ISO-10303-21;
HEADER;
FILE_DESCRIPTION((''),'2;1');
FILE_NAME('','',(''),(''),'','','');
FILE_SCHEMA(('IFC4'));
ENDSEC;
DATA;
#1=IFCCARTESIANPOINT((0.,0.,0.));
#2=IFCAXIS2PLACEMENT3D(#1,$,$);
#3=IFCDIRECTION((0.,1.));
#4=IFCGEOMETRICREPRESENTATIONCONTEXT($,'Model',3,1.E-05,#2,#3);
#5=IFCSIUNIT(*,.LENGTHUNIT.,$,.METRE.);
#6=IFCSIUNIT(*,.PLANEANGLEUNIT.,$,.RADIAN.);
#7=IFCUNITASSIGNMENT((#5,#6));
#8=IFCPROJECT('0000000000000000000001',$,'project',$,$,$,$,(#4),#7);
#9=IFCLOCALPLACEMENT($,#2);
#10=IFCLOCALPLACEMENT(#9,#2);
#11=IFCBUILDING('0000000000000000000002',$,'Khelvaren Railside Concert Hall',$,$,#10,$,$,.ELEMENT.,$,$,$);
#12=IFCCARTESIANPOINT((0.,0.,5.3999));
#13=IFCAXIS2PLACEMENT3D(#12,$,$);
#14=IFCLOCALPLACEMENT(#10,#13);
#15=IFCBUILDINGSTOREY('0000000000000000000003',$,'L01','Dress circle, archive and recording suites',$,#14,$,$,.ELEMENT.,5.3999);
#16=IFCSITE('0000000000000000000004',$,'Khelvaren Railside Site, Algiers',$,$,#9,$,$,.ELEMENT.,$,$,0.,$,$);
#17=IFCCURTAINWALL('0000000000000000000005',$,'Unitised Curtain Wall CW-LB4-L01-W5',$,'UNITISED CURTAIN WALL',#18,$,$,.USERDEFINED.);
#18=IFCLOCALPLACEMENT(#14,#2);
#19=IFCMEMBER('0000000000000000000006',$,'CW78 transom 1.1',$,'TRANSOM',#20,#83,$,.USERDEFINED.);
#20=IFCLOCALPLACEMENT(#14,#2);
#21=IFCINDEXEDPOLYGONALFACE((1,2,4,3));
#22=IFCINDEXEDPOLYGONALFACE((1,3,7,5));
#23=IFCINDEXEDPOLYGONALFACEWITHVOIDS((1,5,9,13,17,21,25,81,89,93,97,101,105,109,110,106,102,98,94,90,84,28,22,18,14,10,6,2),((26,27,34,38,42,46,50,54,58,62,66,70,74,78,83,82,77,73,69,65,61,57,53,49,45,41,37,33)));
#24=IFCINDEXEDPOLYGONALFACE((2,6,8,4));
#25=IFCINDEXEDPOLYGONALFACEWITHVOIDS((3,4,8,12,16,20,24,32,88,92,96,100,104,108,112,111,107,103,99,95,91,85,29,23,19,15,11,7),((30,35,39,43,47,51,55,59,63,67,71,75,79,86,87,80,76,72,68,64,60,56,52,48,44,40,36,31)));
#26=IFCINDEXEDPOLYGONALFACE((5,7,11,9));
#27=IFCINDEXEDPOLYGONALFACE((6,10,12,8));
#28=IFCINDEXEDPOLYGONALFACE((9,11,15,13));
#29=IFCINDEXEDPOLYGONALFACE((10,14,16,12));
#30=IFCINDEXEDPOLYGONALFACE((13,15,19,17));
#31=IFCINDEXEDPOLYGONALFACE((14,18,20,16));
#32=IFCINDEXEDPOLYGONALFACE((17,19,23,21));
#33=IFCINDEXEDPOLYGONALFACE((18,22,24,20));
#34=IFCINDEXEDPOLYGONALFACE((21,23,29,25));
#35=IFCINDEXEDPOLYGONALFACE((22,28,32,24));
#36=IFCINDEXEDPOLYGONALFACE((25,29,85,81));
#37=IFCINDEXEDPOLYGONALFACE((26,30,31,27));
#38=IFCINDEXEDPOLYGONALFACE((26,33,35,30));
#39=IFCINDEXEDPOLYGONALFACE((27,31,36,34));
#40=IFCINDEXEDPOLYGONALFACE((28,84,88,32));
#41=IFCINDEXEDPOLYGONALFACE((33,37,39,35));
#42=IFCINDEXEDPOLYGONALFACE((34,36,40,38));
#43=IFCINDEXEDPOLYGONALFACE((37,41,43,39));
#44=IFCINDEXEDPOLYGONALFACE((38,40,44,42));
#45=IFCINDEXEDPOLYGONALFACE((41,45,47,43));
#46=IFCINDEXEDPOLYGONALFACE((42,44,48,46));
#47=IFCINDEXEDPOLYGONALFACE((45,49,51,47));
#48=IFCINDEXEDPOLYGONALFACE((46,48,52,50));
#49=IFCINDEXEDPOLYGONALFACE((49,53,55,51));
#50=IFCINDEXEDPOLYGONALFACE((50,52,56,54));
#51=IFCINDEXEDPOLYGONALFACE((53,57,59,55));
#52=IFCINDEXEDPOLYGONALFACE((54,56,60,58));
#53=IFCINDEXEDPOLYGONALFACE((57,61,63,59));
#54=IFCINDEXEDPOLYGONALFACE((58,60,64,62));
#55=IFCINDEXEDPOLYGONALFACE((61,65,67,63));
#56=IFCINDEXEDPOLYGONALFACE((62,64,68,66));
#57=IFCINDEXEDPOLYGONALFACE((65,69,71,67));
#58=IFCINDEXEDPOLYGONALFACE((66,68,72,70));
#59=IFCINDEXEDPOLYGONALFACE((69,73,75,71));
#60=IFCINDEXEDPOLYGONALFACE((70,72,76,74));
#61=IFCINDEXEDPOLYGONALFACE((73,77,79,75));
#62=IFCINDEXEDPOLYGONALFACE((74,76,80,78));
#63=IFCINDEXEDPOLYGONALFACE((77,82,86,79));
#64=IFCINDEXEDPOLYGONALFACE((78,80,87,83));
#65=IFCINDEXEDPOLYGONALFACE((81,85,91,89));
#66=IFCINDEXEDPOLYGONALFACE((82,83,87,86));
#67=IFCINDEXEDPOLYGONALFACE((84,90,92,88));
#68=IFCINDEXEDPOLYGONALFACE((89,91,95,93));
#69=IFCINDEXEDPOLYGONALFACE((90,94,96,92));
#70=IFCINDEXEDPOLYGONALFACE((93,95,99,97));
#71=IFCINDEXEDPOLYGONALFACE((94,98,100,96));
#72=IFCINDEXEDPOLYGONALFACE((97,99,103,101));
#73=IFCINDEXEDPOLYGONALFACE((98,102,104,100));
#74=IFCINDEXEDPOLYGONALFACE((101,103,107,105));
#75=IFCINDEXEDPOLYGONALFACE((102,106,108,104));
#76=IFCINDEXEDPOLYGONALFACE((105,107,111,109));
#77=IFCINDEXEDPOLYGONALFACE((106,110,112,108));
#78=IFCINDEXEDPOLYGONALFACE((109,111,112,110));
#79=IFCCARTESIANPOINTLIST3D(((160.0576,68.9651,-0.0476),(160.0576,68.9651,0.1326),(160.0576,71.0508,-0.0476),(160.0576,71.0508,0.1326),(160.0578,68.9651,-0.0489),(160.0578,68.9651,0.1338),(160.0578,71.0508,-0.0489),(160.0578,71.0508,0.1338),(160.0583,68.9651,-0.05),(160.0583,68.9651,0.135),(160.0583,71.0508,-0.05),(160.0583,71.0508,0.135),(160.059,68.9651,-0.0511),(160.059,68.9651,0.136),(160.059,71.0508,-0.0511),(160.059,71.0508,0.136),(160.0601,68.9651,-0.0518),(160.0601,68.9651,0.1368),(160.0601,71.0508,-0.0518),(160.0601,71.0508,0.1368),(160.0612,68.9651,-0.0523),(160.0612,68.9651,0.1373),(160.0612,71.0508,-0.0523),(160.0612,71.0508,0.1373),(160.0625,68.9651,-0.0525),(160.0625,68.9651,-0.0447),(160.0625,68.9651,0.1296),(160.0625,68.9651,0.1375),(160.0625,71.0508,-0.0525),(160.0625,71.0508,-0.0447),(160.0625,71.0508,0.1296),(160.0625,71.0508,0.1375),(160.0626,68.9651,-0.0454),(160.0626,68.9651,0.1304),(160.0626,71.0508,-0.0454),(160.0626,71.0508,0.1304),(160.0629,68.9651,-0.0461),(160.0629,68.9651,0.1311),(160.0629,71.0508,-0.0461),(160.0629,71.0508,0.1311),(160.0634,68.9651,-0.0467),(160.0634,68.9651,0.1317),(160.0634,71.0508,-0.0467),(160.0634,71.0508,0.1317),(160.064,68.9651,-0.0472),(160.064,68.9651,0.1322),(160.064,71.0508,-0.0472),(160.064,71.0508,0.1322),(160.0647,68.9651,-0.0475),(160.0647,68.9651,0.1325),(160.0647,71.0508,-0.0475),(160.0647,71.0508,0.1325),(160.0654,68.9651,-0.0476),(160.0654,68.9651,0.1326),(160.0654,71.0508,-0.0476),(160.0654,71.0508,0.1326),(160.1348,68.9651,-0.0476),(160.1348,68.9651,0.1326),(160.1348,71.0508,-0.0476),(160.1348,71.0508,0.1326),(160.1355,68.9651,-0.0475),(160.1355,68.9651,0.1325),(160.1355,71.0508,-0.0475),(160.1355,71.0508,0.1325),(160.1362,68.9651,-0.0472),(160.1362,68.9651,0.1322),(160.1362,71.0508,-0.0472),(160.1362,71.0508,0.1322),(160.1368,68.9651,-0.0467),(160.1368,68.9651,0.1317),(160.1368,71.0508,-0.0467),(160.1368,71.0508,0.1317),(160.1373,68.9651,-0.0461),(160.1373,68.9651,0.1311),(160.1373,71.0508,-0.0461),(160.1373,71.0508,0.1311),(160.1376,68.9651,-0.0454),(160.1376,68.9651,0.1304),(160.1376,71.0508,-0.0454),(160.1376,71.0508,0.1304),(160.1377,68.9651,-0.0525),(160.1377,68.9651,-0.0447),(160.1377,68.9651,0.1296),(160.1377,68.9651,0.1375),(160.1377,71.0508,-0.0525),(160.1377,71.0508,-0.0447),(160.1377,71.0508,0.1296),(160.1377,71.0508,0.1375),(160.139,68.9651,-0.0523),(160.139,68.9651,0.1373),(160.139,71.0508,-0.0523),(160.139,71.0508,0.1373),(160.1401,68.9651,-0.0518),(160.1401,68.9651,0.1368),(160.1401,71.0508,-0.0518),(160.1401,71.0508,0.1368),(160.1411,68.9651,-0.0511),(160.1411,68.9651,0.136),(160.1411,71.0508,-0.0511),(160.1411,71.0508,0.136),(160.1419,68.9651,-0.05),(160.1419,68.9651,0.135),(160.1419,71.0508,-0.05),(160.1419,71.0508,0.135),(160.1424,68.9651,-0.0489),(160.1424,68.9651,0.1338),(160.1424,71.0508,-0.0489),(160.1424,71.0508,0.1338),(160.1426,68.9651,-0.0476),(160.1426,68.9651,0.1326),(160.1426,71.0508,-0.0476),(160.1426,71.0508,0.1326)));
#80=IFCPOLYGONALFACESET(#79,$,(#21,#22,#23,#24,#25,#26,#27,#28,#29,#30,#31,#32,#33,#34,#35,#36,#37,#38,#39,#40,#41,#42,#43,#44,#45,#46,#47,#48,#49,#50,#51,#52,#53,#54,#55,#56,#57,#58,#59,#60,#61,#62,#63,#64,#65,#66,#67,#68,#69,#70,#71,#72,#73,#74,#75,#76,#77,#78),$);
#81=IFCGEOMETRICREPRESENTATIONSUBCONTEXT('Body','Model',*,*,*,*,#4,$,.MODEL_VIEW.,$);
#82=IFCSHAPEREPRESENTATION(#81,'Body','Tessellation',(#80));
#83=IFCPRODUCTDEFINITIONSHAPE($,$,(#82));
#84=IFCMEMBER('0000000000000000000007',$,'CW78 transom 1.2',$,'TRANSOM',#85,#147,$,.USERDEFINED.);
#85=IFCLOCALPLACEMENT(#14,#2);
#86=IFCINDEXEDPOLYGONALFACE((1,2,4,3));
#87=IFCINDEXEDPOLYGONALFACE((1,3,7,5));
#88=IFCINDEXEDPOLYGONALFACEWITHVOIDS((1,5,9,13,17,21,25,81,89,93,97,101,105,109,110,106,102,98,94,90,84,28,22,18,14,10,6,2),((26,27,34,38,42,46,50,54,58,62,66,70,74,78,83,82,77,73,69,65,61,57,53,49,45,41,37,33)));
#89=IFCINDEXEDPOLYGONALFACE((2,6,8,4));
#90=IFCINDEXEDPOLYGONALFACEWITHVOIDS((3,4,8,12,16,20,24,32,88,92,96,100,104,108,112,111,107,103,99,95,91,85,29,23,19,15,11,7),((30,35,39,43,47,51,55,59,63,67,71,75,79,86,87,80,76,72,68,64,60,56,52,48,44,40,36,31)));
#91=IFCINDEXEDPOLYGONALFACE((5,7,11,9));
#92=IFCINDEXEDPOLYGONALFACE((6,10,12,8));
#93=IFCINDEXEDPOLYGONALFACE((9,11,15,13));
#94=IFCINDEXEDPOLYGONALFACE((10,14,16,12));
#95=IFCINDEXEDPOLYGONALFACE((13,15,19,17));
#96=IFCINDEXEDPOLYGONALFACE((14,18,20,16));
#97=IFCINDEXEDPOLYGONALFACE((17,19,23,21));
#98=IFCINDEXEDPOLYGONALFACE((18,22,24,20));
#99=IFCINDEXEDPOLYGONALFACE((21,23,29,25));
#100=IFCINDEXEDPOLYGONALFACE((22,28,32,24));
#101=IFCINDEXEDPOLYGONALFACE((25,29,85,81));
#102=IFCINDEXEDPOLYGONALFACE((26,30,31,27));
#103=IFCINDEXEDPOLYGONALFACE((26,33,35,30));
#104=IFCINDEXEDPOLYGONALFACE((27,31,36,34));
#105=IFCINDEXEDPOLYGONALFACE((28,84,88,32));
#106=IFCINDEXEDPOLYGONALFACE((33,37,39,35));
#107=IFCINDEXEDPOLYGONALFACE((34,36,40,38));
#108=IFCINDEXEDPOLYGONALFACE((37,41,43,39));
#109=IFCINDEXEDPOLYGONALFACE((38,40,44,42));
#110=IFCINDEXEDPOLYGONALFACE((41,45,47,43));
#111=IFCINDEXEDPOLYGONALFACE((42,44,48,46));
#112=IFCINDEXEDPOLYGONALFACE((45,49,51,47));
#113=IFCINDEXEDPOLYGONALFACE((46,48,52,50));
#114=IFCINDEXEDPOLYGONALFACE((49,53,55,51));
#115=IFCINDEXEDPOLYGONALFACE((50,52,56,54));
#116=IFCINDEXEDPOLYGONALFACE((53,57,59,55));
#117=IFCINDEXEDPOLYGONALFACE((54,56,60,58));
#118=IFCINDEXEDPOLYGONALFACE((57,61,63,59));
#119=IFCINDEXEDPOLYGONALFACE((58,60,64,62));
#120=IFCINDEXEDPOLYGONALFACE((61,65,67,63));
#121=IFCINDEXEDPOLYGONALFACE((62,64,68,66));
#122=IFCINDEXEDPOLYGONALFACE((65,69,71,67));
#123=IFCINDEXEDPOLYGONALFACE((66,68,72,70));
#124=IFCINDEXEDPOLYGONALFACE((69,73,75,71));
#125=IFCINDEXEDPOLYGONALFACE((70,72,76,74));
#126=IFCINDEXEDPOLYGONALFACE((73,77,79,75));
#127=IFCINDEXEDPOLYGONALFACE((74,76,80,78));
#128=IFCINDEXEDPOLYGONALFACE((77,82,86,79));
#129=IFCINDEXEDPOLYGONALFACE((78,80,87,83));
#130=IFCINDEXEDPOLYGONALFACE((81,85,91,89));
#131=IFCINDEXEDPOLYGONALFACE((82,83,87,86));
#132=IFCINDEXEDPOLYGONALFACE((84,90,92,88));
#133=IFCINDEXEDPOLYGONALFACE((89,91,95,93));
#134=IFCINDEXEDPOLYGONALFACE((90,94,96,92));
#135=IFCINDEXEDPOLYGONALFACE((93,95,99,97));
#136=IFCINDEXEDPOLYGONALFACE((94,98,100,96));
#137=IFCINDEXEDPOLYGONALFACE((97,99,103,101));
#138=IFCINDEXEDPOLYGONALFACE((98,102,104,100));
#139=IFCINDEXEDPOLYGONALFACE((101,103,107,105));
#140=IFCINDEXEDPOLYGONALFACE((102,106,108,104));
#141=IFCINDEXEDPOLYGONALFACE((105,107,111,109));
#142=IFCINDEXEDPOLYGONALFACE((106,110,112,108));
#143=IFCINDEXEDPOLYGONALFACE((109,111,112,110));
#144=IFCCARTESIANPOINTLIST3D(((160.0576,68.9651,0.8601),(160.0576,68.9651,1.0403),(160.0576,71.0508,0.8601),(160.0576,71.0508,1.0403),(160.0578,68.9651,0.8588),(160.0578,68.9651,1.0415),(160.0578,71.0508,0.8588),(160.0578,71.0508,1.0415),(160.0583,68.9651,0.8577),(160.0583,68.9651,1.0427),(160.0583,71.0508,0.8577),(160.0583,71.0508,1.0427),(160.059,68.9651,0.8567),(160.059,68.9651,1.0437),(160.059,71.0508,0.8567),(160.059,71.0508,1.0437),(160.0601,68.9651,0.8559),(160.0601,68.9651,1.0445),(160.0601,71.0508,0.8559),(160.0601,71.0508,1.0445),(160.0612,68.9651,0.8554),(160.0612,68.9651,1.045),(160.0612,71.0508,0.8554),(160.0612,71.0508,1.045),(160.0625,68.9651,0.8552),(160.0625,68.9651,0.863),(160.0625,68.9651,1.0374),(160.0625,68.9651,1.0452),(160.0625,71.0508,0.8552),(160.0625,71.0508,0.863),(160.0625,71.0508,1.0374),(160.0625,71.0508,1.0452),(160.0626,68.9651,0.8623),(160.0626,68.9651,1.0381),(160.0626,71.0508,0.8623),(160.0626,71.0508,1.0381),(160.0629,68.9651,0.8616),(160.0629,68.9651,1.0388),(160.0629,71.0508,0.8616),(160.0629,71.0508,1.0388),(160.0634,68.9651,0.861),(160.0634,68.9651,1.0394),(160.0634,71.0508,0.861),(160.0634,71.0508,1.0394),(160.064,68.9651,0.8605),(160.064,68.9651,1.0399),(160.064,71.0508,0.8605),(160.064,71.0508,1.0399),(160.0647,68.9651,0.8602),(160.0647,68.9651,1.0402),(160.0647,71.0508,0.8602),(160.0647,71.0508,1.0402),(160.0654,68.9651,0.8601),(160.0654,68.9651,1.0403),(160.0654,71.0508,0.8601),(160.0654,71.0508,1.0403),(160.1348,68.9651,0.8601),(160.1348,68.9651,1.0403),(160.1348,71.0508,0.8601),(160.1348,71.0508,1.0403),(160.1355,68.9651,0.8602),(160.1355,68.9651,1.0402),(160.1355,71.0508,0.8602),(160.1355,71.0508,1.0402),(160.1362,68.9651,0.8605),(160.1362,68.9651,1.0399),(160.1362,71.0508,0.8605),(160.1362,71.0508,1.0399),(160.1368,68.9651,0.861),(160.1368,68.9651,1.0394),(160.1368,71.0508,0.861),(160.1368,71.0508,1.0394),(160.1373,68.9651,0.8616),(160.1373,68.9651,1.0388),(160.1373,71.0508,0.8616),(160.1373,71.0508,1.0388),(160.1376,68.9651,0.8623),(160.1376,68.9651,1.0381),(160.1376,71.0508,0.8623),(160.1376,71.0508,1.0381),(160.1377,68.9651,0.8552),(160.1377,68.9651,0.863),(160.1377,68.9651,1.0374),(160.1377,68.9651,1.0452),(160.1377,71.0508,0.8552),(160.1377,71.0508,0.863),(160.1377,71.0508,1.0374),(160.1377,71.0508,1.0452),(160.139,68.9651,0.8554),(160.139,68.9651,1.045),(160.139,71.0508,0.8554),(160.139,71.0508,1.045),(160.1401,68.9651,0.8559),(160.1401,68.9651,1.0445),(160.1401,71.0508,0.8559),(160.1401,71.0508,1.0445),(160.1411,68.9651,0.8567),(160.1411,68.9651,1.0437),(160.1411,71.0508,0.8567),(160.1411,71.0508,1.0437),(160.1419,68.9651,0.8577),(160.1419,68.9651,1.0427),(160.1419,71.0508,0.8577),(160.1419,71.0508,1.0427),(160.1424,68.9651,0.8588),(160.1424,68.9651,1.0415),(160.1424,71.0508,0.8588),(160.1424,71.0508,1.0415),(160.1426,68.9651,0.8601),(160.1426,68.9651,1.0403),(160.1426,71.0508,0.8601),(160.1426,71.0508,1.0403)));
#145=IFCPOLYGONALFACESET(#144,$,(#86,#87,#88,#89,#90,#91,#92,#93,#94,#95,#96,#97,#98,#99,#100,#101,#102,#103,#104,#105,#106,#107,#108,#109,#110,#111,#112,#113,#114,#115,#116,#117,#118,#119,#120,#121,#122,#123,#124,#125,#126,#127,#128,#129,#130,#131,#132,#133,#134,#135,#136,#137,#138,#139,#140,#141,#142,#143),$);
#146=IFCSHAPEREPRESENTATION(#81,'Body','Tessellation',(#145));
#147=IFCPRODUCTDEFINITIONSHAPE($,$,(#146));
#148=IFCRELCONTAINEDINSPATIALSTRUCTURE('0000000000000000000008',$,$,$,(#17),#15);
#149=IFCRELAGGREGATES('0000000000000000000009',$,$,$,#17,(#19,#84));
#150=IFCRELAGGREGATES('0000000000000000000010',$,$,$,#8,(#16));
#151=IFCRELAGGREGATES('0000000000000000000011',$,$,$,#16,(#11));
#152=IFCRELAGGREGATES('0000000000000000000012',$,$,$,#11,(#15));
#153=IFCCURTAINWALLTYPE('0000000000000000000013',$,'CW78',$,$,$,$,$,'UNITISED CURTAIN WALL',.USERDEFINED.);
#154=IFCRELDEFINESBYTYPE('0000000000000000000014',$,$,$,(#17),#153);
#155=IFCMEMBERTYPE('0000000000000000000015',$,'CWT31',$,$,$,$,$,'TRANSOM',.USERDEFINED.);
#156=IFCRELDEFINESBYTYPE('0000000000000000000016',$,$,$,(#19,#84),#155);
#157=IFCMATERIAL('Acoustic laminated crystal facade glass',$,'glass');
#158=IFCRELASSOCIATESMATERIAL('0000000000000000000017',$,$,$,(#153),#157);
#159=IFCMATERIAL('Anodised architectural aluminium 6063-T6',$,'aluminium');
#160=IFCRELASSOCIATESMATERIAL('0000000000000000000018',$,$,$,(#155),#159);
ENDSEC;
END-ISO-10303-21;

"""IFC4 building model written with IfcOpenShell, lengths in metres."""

from ifc_helpers import new_model, si_unit, direction, frame, origin, origin_2d, place, context, subcontext, project, spatial, hollow_rectangle, extrude, material, material_profile, profile_set, type_object, element, aggregate, save


model = new_model("IFC4")

# Units and contexts
model_context = context("Model", 3, precision=1e-05, world=origin(), true_north=direction((0.0, 1.0)))
body_context = subcontext(model_context, "Body", "Model", "MODEL_VIEW")
ifc_project = project(units=[si_unit("LENGTHUNIT", "METRE"), si_unit("PLANEANGLEUNIT", "RADIAN")], contexts=[model_context])

# Site, building, storey
site_placement = place(None, origin())
site = spatial("IfcSite", under=ifc_project, at=site_placement, Name="Khelvaren Railside Site, Algiers", CompositionType="ELEMENT", RefElevation=0.0)
building_placement = place(site_placement, origin())
building = spatial("IfcBuilding", under=site, at=building_placement, Name="Khelvaren Railside Concert Hall", CompositionType="ELEMENT")
storey_placement = place(building_placement, frame((0.0, 0.0, 5.3999)))
storey = spatial("IfcBuildingStorey", under=building, at=storey_placement, Name="L01", Description="Dress circle, archive and recording suites", CompositionType="ELEMENT", Elevation=5.3999)

# Shared definitions
ifc_material_1 = material(Name="Acoustic laminated crystal facade glass", Category="glass")
curtain_wall_type = type_object("IfcCurtainWallType", Name="CW78", ElementType="UNITISED CURTAIN WALL", PredefinedType="USERDEFINED", material=ifc_material_1)
ifc_material_2 = material(Name="Anodised architectural aluminium 6063-T6", Category="aluminium")

# Curtain wall, members
curtain_wall_1_placement = place(storey_placement, origin())
curtain_wall_1 = element("IfcCurtainWall", 1, at=curtain_wall_1_placement, inside=storey, type_object=curtain_wall_type, Name="Unitised Curtain Wall CW-LB4-L01-W5", ObjectType="UNITISED CURTAIN WALL", PredefinedType="USERDEFINED")
ifc_material_profile_1 = material_profile(ifc_material_2, hollow_rectangle(XDim=0.085, YDim=0.1899, WallThickness=0.0049, InnerFilletRadius=0.0029, OuterFilletRadius=0.0049, at=origin_2d()), Name="CWT 85x190x5")
ifc_profile_set_1 = profile_set([ifc_material_profile_1], Name="Anodised architectural aluminium 6063-T6")
member_type_1 = type_object("IfcMemberType", Name="CWT31", ElementType="TRANSOM", PredefinedType="USERDEFINED", material=ifc_profile_set_1)
member_1_placement = place(storey_placement, frame((160.1001, 68.9651, 0.0425), z_axis=(0.0, 1.0, 0.0), x_axis=(-1.0, 0.0, 0.0)))
member_1 = element("IfcMember", 2, at=member_1_placement, type_object=member_type_1, Name="CW78 transom 1.1", ObjectType="TRANSOM", PredefinedType="USERDEFINED", context=body_context, shape_type="SweptSolid", body=[
    extrude(hollow_rectangle(XDim=0.085, YDim=0.1899, WallThickness=0.0049, InnerFilletRadius=0.0029, OuterFilletRadius=0.0049, at=origin_2d()), origin(), (0.0, 0.0, 1.0), 2.0857),
])
member_2_placement = place(storey_placement, frame((160.1001, 68.9651, 0.9502), z_axis=(0.0, 1.0, 0.0), x_axis=(-1.0, 0.0, 0.0)))
member_2 = element("IfcMember", 3, at=member_2_placement, type_object=member_type_1, Name="CW78 transom 1.2", ObjectType="TRANSOM", PredefinedType="USERDEFINED", context=body_context, shape_type="SweptSolid", body=[
    extrude(hollow_rectangle(XDim=0.085, YDim=0.1899, WallThickness=0.0049, InnerFilletRadius=0.0029, OuterFilletRadius=0.0049, at=origin_2d()), origin(), (0.0, 0.0, 1.0), 2.0857),
])

aggregate(curtain_wall_1, [member_1, member_2])

save(model, "model.ifc")
